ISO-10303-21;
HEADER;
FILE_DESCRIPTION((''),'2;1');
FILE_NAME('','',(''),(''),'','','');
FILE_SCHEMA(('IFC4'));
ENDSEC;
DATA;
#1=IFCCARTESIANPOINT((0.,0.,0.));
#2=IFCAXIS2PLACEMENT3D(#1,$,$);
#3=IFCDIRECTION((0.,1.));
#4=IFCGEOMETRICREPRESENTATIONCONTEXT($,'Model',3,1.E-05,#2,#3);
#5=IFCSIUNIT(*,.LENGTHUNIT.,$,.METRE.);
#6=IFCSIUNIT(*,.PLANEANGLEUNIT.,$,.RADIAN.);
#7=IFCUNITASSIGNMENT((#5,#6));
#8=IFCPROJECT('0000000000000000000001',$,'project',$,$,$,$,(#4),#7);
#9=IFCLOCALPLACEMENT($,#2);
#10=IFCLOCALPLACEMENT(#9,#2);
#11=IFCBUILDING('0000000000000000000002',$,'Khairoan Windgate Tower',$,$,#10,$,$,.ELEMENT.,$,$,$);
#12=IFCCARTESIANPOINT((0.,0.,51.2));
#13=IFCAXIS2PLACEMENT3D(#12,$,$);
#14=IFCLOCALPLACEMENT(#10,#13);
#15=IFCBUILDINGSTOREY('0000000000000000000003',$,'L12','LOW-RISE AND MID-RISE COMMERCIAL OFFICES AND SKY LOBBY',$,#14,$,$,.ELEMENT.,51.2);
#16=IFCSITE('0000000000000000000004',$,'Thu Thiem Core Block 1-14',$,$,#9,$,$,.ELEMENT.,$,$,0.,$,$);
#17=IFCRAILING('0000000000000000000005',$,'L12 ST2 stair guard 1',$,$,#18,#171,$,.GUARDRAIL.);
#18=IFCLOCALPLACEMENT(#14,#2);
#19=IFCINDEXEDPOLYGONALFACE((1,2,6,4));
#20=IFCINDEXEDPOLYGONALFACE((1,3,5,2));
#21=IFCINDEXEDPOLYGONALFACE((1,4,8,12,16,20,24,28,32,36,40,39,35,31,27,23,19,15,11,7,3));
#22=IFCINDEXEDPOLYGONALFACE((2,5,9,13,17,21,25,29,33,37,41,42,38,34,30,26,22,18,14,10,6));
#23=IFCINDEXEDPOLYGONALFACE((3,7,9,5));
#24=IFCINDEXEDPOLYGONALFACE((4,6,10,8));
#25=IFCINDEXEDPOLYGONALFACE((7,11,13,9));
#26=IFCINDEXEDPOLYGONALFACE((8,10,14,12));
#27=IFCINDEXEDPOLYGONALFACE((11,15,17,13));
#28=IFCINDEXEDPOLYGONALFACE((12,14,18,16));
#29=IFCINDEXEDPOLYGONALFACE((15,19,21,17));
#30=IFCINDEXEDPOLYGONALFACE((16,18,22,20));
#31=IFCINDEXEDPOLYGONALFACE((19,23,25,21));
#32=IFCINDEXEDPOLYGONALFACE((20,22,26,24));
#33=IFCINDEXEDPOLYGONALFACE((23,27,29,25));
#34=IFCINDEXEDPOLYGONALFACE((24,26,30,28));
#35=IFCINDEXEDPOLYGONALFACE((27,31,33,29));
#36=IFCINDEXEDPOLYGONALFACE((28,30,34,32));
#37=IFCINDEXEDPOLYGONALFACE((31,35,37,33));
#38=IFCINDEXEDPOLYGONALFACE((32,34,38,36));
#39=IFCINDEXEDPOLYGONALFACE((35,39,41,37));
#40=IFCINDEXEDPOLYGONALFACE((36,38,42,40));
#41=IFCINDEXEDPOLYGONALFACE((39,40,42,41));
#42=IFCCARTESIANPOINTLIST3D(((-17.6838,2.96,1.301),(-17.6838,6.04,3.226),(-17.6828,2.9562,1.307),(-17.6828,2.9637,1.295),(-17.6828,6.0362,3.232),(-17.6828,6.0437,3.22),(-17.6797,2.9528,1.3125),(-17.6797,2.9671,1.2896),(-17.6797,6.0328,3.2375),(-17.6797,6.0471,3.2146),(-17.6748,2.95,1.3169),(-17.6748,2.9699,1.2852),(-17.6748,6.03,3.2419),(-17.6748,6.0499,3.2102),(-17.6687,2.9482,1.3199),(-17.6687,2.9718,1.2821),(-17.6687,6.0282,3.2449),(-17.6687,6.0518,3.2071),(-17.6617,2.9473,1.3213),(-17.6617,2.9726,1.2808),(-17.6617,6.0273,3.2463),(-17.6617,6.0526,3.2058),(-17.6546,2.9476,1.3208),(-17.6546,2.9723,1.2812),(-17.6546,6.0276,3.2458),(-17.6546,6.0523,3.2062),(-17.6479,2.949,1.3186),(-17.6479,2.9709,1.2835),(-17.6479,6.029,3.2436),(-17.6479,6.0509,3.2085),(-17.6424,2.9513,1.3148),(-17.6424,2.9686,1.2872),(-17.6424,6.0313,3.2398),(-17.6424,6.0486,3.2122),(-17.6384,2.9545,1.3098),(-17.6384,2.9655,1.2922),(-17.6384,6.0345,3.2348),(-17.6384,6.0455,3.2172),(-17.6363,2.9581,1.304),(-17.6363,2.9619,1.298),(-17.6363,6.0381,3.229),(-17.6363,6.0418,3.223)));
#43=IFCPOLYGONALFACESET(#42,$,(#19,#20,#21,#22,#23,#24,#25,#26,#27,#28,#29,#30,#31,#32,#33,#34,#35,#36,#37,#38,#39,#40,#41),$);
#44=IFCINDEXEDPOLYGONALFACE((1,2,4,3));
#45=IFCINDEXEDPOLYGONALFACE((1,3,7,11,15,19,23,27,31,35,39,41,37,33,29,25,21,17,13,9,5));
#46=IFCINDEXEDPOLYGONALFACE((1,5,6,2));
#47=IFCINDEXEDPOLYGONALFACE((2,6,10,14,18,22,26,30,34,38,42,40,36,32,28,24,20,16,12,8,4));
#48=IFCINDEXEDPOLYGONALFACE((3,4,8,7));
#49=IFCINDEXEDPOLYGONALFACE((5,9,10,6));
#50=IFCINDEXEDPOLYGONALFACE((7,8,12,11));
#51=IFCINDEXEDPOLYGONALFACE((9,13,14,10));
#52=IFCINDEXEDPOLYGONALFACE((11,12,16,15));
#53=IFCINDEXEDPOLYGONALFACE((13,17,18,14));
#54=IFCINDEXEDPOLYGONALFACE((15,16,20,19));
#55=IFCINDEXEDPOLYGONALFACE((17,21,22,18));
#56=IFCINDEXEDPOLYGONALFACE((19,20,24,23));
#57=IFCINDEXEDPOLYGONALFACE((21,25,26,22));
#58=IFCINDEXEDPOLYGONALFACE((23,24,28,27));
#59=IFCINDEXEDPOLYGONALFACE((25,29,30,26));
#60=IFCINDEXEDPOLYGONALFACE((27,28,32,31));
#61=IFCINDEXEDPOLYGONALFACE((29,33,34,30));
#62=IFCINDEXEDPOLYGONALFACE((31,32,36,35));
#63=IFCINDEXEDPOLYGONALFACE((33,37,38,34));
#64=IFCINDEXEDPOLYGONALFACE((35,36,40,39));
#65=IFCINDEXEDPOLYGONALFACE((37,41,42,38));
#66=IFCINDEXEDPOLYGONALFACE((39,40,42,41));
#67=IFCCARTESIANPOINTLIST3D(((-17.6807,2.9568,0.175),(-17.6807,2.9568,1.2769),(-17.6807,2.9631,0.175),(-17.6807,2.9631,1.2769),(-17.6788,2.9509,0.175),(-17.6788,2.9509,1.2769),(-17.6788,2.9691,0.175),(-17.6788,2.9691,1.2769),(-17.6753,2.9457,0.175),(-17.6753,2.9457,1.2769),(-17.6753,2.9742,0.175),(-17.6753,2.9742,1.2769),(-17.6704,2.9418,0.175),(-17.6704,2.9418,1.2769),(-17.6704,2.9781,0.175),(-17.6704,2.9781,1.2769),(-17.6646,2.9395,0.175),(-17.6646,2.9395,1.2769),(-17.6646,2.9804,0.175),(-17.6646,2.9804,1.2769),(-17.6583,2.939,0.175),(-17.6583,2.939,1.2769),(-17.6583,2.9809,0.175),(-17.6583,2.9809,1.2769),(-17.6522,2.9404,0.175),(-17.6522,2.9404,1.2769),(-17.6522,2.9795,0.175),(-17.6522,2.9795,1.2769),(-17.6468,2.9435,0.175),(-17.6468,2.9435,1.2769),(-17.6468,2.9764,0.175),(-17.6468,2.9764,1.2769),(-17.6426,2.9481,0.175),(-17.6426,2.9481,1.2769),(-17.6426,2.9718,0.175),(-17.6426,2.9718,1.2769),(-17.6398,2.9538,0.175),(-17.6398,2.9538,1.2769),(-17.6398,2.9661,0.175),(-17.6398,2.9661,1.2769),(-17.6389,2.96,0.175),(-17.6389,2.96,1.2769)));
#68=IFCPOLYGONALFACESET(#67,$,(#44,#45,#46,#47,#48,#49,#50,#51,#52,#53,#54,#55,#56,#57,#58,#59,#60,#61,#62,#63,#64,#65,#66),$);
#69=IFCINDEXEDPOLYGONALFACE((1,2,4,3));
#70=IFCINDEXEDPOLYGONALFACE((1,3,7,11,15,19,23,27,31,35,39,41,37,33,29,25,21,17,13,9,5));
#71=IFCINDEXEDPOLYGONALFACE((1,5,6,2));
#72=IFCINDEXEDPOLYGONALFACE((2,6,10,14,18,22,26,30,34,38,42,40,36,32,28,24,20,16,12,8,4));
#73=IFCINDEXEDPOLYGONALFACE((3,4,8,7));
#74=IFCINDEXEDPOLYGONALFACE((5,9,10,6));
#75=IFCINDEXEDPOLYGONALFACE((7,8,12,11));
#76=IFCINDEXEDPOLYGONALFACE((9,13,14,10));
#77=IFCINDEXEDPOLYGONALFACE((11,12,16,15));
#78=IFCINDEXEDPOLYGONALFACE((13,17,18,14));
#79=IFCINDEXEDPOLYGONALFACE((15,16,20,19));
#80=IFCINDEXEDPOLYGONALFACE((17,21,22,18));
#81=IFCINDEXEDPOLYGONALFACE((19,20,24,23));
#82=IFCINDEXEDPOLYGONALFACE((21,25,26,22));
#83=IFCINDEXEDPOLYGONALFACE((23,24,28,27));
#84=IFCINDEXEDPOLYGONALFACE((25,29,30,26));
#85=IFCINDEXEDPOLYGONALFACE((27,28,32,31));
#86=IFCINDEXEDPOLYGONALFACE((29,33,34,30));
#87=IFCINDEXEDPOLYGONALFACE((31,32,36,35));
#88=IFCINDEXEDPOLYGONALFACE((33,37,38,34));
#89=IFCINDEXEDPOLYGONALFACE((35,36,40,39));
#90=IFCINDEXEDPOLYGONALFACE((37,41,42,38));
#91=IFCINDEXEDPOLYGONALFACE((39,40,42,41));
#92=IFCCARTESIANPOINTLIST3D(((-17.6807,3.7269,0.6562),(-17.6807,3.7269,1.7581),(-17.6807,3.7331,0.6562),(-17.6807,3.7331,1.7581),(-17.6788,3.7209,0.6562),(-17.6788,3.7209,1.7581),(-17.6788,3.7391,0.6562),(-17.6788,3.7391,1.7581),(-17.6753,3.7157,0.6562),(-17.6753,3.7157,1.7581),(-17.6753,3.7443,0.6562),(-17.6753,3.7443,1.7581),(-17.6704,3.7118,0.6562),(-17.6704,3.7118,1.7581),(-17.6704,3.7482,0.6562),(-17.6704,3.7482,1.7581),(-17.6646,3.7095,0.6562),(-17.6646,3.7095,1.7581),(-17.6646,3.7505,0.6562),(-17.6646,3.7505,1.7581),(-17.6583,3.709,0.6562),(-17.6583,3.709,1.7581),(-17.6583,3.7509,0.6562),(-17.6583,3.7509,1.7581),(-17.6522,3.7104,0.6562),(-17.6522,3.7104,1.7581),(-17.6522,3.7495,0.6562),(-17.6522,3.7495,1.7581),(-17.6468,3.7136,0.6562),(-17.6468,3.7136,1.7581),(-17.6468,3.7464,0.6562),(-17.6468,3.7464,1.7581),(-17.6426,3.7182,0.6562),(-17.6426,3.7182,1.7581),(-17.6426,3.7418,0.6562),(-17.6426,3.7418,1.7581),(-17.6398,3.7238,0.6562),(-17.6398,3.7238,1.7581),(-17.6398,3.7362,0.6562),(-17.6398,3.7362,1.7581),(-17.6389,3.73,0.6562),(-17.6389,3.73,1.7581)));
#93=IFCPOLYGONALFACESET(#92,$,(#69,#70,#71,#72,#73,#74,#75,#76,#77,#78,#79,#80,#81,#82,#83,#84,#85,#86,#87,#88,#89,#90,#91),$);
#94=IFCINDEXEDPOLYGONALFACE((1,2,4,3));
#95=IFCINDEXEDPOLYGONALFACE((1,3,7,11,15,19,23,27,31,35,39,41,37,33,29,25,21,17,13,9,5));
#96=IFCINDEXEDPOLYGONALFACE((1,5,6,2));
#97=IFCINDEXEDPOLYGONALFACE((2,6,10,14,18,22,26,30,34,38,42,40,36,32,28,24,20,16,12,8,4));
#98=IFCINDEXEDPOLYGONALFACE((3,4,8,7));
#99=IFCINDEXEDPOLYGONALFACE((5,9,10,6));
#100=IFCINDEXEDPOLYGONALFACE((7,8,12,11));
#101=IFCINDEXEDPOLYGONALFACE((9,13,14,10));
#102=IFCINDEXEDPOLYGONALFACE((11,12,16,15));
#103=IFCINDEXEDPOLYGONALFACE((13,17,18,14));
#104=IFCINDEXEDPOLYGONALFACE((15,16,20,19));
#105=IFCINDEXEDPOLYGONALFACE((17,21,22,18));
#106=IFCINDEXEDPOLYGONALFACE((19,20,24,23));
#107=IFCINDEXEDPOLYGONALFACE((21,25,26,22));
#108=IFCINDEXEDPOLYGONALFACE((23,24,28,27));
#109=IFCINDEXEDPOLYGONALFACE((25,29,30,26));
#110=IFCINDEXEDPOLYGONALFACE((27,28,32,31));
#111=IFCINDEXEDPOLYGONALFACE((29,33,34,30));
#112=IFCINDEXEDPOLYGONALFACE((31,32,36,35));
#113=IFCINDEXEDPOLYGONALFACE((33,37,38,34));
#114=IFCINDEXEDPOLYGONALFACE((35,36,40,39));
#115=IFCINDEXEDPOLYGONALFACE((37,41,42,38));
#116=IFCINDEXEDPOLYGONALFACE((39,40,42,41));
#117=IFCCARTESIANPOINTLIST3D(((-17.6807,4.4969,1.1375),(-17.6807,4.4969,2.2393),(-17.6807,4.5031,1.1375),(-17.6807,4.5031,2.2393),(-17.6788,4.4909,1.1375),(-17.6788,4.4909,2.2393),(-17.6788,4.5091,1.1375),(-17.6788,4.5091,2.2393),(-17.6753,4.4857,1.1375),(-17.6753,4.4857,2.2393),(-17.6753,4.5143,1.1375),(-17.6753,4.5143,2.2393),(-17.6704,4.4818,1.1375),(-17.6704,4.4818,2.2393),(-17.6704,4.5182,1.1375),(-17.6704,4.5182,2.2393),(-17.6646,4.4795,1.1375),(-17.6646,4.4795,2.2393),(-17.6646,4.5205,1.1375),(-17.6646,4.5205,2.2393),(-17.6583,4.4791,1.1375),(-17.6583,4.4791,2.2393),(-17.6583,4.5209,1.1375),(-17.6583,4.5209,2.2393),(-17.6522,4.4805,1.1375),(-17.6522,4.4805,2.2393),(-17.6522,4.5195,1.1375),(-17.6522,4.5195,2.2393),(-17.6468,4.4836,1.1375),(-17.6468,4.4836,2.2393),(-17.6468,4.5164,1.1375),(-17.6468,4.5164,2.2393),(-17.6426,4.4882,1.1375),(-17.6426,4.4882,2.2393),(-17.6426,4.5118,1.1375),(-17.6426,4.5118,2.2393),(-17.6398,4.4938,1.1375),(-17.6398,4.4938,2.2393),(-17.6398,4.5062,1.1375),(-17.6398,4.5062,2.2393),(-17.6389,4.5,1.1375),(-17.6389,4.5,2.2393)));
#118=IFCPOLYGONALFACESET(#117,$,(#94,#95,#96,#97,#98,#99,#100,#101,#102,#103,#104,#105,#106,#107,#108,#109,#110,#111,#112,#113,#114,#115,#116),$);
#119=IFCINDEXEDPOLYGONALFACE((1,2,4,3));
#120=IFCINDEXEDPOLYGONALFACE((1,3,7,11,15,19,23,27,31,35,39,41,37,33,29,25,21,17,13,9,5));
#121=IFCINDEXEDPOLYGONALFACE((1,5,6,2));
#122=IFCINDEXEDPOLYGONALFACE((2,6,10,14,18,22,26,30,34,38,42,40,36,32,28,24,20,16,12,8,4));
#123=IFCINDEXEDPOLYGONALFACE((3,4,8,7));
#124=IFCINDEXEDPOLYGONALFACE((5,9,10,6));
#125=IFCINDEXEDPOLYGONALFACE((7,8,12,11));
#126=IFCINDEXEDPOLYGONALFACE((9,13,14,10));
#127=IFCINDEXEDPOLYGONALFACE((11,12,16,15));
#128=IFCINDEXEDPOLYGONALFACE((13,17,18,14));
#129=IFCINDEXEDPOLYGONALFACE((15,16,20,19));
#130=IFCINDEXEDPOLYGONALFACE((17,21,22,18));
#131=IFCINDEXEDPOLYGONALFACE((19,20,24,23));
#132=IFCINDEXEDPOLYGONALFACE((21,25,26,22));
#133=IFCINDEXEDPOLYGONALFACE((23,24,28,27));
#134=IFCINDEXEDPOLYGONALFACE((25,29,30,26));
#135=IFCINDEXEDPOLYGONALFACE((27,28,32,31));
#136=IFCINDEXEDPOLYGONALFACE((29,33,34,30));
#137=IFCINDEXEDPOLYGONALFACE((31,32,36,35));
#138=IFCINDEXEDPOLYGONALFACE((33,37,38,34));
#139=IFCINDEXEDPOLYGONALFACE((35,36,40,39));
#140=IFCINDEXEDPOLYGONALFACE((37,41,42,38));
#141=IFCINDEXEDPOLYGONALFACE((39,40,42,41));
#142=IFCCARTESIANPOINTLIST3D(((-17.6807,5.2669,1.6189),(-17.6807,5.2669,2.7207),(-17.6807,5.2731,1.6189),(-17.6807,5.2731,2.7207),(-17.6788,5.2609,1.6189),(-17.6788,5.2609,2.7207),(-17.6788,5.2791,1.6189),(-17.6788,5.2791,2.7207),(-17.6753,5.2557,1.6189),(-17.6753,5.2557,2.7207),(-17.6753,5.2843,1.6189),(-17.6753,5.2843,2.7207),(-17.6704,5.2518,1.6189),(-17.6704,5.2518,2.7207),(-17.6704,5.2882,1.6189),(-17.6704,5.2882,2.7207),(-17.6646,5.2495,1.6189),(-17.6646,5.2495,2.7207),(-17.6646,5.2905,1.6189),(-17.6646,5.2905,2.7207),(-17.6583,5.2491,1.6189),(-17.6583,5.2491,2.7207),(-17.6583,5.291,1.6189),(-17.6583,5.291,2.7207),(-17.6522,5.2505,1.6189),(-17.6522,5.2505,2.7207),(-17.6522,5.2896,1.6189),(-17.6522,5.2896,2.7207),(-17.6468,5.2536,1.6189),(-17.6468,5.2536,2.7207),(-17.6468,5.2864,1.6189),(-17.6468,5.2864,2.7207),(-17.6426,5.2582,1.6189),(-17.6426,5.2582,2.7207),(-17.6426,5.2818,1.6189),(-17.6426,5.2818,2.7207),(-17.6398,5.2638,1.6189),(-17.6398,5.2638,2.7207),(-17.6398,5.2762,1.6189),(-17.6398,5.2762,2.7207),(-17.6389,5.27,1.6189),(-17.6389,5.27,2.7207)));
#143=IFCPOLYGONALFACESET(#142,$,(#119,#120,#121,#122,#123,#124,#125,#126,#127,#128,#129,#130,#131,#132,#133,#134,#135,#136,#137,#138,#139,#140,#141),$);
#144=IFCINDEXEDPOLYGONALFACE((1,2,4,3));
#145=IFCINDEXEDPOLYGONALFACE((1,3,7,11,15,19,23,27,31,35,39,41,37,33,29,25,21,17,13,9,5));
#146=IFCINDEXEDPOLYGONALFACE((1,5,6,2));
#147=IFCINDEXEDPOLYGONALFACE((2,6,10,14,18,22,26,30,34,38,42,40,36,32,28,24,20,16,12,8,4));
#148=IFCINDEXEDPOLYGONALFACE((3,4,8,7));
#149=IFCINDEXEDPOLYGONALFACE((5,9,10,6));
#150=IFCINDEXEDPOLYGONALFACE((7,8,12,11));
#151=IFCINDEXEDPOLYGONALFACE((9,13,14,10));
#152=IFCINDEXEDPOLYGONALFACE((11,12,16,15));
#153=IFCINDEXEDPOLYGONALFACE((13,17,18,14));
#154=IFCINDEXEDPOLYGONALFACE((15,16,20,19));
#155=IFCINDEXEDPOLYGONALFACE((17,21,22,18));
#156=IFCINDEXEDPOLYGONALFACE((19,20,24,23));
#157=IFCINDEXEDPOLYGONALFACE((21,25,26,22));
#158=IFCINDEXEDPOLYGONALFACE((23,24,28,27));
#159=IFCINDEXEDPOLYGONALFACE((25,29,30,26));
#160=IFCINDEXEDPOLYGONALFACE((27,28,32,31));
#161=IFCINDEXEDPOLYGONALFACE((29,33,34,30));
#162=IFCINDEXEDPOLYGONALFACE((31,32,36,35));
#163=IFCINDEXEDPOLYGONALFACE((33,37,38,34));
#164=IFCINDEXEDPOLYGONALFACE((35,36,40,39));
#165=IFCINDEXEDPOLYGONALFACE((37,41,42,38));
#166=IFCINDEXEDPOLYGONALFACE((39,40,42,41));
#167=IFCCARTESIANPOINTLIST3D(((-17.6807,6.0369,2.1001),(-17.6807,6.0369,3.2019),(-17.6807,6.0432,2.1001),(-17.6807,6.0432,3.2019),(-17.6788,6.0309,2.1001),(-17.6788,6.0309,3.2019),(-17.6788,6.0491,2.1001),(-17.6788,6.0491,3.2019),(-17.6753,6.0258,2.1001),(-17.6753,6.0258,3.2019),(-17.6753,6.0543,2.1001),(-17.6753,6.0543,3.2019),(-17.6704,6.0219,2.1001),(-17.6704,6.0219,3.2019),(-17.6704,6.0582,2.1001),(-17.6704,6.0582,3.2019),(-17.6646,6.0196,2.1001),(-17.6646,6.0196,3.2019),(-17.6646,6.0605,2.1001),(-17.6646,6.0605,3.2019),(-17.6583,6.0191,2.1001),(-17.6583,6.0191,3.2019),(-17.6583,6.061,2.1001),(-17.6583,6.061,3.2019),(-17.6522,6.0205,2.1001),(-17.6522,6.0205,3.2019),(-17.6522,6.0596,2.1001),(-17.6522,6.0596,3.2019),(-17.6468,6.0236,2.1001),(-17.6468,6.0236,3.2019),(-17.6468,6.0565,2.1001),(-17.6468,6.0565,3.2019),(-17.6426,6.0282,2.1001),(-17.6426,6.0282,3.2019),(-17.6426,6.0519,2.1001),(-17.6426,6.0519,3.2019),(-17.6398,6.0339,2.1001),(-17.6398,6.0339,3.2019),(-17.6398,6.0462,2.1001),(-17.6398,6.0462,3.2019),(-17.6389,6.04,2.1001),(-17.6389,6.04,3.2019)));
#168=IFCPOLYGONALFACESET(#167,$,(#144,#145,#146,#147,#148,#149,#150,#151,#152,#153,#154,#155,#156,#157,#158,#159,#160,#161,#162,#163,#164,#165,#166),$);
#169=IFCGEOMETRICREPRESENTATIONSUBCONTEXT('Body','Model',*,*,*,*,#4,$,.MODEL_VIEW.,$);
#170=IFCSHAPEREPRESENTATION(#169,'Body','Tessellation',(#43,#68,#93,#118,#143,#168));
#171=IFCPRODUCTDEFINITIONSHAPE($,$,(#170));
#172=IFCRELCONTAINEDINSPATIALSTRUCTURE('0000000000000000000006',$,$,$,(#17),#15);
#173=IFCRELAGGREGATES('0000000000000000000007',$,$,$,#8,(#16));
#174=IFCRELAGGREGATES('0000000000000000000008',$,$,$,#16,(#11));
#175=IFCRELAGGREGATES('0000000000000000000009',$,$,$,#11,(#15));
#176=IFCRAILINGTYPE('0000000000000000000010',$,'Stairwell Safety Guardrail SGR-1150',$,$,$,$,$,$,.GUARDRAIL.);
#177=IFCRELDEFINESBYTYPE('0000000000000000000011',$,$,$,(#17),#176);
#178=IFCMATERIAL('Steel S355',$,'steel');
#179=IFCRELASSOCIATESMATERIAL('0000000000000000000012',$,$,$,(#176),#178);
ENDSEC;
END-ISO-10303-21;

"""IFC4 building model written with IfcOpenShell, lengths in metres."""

from ifc_helpers import new_model, si_unit, direction, frame, origin, origin_2d, place, context, subcontext, project, spatial, circle, extrude, material, type_object, element, save


model = new_model("IFC4")

# Units and contexts
model_context = context("Model", 3, precision=1e-05, world=origin(), true_north=direction((0.0, 1.0)))
body_context = subcontext(model_context, "Body", "Model", "MODEL_VIEW")
ifc_project = project(units=[si_unit("LENGTHUNIT", "METRE"), si_unit("PLANEANGLEUNIT", "RADIAN")], contexts=[model_context])

# Site, building, storey
site_placement = place(None, origin())
site = spatial("IfcSite", under=ifc_project, at=site_placement, Name="Thu Thiem Core Block 1-14", CompositionType="ELEMENT", RefElevation=0.0)
building_placement = place(site_placement, origin())
building = spatial("IfcBuilding", under=site, at=building_placement, Name="Khairoan Windgate Tower", CompositionType="ELEMENT")
storey_placement = place(building_placement, frame((0.0, 0.0, 51.2)))
storey = spatial("IfcBuildingStorey", under=building, at=storey_placement, Name="L12", Description="LOW-RISE AND MID-RISE COMMERCIAL OFFICES AND SKY LOBBY", CompositionType="ELEMENT", Elevation=51.2)

# Railing
ifc_material_1 = material(Name="Steel S355", Category="steel")
railing_type_1 = type_object("IfcRailingType", Name="Stairwell Safety Guardrail SGR-1150", PredefinedType="GUARDRAIL", material=ifc_material_1)
railing_1_placement = place(storey_placement, frame((-17.6599, 2.96, 0.175)))
element("IfcRailing", 1, at=railing_1_placement, inside=storey, type_object=railing_type_1, Name="L12 ST2 stair guard 1", PredefinedType="GUARDRAIL", context=body_context, shape_type="SweptSolid", body=[
    extrude(circle(Radius=0.0239, at=origin_2d()), frame((0.0, 0.0, 1.126), z_axis=(0.0, 0.847998, 0.529999), x_axis=(-1.0, 0.0, 0.0)), (0.0, 0.0, 1.0), 3.6321),
    extrude(circle(Radius=0.021, at=origin_2d()), origin(), (0.0, 0.0, 1.0), 1.1018),
    extrude(circle(Radius=0.021, at=origin_2d()), frame((0.0, 0.77, 0.4812)), (0.0, 0.0, 1.0), 1.1018),
    extrude(circle(Radius=0.021, at=origin_2d()), frame((0.0, 1.54, 0.9624)), (0.0, 0.0, 1.0), 1.1018),
    extrude(circle(Radius=0.021, at=origin_2d()), frame((0.0, 2.3101, 1.4438)), (0.0, 0.0, 1.0), 1.1018),
    extrude(circle(Radius=0.021, at=origin_2d()), frame((0.0, 3.0801, 1.925)), (0.0, 0.0, 1.0), 1.1018),
])

save(model, "model.ifc")
